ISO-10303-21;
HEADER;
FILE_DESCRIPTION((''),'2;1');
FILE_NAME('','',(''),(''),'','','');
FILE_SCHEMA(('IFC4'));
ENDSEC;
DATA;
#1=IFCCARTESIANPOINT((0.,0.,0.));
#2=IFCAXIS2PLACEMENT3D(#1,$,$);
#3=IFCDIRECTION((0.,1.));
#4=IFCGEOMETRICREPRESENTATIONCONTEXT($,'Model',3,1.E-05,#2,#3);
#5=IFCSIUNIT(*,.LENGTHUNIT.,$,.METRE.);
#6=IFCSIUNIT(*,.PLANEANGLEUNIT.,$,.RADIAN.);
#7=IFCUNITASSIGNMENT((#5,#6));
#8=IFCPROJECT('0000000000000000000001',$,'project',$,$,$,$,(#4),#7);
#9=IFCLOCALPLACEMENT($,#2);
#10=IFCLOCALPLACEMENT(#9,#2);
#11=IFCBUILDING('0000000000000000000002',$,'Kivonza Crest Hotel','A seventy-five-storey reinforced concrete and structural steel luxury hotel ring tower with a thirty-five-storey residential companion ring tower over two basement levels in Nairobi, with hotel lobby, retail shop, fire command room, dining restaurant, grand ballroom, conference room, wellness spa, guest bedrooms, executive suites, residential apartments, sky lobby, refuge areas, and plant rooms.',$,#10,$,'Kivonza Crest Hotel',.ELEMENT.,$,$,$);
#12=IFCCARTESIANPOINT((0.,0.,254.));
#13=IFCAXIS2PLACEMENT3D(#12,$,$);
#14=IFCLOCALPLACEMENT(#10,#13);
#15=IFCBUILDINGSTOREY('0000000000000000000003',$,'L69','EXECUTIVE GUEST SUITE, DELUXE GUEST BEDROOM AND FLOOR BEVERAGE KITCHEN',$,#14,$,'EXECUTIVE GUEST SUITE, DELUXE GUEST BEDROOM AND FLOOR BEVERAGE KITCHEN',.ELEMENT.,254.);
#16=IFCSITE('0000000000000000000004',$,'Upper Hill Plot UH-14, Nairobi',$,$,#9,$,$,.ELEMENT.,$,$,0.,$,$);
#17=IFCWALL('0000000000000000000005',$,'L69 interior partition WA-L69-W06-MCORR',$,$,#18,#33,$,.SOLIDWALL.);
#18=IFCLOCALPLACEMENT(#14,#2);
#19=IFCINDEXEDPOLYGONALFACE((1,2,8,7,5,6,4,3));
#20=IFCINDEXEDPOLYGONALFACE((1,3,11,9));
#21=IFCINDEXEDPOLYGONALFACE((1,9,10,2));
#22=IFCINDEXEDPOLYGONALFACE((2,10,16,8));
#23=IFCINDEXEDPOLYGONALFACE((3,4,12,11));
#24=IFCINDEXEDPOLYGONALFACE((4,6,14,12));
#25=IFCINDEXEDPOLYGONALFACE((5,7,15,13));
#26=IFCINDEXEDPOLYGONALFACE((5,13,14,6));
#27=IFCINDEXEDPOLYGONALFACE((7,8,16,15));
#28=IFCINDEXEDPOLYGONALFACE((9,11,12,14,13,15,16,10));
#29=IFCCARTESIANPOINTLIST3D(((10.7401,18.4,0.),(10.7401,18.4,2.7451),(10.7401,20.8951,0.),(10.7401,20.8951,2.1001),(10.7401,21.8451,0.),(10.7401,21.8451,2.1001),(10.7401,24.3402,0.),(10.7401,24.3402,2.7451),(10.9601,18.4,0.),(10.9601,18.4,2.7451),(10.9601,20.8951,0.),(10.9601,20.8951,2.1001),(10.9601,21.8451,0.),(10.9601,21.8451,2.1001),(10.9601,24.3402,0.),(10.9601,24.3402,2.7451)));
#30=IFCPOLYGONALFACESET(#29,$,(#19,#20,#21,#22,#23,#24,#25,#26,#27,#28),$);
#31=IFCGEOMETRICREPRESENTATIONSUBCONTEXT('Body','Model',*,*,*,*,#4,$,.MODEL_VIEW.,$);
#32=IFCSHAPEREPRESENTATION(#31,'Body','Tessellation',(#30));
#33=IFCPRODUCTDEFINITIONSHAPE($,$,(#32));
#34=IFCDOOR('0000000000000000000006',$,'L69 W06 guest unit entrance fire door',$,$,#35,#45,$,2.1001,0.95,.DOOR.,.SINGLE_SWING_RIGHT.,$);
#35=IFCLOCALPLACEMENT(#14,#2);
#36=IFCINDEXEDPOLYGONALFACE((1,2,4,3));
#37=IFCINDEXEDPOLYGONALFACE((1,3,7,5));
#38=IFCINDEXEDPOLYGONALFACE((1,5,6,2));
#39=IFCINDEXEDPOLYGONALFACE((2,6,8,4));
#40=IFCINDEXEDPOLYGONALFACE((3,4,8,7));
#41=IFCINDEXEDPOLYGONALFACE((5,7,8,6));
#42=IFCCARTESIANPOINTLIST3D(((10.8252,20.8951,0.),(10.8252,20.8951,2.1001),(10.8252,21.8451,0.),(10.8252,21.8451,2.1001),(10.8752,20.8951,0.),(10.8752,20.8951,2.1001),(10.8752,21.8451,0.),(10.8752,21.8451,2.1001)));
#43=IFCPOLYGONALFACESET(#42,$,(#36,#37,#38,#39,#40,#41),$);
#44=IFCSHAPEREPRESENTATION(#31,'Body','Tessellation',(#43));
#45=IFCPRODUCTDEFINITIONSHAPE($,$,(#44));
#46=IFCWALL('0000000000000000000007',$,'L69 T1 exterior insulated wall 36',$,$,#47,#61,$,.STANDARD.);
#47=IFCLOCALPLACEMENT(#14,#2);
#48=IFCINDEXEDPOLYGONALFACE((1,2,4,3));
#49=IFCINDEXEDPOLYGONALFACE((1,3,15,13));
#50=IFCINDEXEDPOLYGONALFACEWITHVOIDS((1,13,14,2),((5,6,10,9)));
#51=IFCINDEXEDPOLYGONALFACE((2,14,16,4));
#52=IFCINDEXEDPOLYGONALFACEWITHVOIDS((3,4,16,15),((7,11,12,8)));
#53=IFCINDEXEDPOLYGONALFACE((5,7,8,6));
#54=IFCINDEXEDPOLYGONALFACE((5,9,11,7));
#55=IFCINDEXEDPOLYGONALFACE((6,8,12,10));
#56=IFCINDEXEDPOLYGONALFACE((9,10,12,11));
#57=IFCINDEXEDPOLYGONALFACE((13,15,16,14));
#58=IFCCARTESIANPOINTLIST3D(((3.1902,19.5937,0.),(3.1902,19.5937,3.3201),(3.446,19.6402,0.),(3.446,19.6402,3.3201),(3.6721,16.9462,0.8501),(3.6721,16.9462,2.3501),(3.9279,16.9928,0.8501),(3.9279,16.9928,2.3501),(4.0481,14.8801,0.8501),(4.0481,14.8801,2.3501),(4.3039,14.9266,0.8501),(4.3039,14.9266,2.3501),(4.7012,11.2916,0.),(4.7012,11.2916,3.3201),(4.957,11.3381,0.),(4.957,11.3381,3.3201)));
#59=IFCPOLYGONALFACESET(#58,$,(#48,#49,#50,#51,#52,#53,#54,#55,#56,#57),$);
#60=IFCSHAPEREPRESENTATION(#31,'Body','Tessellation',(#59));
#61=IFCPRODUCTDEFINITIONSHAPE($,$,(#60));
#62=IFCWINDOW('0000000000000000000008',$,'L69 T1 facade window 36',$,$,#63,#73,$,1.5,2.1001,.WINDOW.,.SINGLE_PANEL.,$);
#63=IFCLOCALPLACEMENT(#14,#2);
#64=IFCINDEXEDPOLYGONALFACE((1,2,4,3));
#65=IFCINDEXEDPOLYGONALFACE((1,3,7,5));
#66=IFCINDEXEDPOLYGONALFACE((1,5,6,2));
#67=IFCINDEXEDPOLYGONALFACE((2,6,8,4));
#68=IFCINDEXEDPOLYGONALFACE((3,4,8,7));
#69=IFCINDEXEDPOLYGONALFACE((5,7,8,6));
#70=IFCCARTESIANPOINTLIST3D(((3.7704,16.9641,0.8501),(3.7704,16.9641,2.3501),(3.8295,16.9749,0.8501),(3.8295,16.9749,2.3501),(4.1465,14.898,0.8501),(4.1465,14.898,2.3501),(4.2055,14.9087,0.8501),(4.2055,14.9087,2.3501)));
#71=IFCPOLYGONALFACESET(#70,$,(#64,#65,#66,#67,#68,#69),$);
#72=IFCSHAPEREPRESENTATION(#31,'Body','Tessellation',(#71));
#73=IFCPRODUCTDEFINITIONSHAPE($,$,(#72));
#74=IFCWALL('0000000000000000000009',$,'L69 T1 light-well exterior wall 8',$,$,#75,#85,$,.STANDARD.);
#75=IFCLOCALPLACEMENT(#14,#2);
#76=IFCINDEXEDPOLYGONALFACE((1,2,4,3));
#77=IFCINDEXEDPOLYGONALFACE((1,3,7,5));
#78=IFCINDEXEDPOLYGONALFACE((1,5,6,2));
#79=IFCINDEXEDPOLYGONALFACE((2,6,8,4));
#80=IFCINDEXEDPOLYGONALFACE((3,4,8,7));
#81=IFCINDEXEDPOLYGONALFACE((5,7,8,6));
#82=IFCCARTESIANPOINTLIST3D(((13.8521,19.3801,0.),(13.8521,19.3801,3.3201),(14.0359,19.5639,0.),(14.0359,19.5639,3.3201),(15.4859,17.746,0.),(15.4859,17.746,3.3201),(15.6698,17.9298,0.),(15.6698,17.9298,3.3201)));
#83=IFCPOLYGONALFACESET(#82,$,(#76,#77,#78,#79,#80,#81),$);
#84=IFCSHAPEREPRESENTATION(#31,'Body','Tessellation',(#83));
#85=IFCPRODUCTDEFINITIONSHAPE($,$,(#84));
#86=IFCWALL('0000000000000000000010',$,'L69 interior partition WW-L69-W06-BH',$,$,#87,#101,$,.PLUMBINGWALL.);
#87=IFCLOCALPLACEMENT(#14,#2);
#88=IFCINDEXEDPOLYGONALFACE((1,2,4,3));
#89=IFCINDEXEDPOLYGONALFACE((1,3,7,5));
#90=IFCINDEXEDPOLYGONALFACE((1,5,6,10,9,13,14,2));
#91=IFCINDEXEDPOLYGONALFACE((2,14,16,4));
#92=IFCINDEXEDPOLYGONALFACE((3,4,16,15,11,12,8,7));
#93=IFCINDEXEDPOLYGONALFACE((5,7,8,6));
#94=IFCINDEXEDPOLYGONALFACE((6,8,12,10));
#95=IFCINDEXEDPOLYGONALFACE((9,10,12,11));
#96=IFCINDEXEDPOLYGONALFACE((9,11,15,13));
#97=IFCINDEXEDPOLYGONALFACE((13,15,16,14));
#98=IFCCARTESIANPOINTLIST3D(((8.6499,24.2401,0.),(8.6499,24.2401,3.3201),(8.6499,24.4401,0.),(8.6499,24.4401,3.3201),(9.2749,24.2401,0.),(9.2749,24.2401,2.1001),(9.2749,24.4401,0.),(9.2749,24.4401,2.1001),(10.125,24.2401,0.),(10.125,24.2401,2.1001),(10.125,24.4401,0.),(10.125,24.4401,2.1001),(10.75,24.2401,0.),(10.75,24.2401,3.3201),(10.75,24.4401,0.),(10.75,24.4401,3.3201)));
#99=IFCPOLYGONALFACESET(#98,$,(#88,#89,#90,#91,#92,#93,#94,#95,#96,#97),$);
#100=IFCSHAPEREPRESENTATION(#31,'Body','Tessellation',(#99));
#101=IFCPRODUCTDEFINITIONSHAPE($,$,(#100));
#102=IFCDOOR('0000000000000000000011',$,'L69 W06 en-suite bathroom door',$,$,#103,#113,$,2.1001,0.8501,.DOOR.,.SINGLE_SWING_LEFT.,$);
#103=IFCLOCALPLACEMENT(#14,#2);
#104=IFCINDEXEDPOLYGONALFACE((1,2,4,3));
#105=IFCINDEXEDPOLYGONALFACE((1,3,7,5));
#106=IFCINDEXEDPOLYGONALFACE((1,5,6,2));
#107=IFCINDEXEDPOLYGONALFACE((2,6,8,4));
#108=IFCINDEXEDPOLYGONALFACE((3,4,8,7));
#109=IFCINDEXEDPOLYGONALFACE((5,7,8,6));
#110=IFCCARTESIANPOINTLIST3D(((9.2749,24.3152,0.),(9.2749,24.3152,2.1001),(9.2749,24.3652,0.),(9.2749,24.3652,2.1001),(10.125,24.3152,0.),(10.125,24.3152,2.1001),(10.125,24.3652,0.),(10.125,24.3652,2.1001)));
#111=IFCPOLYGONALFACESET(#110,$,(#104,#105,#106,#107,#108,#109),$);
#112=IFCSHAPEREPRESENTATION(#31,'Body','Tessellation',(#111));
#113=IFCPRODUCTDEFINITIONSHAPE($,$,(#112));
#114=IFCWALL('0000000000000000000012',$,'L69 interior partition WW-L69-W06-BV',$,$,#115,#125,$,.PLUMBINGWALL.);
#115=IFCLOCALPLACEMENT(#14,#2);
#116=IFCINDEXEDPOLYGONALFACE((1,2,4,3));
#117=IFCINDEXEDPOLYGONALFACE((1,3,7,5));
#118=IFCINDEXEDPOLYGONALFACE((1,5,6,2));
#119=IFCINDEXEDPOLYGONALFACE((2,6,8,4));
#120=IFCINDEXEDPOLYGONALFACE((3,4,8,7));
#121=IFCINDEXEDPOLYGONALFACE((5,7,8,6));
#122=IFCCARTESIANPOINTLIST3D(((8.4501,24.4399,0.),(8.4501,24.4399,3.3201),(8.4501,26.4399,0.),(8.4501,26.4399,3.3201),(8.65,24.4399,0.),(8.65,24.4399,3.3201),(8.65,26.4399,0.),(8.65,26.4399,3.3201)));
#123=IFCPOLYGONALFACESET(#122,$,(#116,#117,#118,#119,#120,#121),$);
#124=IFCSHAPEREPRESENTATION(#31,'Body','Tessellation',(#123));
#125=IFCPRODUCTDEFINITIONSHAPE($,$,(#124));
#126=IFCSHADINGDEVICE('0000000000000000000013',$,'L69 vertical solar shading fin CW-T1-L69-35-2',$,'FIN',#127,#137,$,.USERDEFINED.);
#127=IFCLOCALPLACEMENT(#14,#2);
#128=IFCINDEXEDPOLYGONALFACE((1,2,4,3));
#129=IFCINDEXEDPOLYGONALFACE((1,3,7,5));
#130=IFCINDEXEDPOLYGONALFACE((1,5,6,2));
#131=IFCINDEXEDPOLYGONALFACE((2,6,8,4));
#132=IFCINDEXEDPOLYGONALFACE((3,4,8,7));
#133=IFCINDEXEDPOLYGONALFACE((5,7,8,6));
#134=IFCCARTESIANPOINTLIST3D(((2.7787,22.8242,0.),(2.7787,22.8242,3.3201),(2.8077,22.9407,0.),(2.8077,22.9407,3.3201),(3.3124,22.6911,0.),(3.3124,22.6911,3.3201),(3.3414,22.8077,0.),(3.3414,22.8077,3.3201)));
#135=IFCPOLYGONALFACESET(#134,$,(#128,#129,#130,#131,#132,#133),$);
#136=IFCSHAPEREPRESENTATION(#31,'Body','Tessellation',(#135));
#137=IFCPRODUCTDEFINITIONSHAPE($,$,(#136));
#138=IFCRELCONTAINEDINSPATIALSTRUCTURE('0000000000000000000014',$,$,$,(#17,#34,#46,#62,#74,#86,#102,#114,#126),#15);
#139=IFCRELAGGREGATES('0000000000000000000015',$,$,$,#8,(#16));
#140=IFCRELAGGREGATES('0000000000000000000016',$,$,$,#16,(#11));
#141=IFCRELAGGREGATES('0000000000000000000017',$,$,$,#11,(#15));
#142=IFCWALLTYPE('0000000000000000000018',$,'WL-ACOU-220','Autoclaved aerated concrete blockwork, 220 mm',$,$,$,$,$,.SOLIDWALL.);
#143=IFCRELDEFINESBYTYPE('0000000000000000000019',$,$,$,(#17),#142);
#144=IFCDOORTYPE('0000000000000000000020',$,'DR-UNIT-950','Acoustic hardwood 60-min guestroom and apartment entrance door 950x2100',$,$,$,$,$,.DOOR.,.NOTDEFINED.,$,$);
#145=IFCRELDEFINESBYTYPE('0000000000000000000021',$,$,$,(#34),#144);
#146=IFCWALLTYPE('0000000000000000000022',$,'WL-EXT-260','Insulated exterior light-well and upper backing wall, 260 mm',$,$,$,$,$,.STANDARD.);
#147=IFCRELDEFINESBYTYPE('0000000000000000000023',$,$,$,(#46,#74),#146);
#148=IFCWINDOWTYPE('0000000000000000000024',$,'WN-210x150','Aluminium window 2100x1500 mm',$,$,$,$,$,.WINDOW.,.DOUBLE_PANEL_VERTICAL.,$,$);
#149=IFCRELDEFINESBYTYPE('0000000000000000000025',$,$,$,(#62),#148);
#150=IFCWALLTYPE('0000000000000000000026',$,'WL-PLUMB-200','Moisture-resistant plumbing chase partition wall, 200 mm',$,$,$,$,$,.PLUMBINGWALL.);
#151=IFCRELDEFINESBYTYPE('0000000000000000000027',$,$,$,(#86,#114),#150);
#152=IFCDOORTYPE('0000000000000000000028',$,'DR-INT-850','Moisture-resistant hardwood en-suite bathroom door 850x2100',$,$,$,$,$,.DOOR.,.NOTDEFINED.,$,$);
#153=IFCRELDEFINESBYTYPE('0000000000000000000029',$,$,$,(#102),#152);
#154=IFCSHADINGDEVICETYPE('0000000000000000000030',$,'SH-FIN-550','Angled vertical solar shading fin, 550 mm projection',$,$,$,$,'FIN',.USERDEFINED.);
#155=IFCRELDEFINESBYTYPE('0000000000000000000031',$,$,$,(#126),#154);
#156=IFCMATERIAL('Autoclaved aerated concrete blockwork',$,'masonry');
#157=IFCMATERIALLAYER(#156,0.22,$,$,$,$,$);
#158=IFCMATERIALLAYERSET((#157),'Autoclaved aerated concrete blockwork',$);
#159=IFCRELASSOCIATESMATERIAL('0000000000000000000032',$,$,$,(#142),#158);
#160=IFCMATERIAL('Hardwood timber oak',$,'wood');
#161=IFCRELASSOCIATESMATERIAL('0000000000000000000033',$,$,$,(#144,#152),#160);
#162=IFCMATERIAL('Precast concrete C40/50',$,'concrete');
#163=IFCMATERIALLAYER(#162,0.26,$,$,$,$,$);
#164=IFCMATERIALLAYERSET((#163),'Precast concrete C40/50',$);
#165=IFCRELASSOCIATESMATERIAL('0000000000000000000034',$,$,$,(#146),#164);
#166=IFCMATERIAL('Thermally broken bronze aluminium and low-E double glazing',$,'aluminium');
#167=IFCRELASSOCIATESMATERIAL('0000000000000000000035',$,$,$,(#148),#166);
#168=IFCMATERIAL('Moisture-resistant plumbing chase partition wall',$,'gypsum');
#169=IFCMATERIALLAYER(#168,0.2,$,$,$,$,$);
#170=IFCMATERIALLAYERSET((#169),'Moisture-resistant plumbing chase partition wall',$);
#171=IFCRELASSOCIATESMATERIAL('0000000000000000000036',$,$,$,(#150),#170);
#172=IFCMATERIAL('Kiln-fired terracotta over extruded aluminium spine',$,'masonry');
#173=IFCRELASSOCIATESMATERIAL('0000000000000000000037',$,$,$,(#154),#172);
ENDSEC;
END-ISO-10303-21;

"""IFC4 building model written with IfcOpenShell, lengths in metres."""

from ifc_helpers import new_model, si_unit, direction, frame, frame_2d, origin, origin_2d, place, context, subcontext, project, spatial, rectangle, extrude, material, layer, layer_set, type_object, element, fill, save


model = new_model("IFC4")

# Units and contexts
model_context = context("Model", 3, precision=1e-05, world=origin(), true_north=direction((0.0, 1.0)))
body_context = subcontext(model_context, "Body", "Model", "MODEL_VIEW")
ifc_project = project(units=[si_unit("LENGTHUNIT", "METRE"), si_unit("PLANEANGLEUNIT", "RADIAN")], contexts=[model_context])

# Site, building, storey
site_placement = place(None, origin())
site = spatial("IfcSite", under=ifc_project, at=site_placement, Name="Upper Hill Plot UH-14, Nairobi", CompositionType="ELEMENT", RefElevation=0.0)
building_placement = place(site_placement, origin())
building = spatial("IfcBuilding", under=site, at=building_placement, Name="Kivonza Crest Hotel", Description="A seventy-five-storey reinforced concrete and structural steel luxury hotel ring tower with a thirty-five-storey residential companion ring tower over two basement levels in Nairobi, with hotel lobby, retail shop, fire command room, dining restaurant, grand ballroom, conference room, wellness spa, guest bedrooms, executive suites, residential apartments, sky lobby, refuge areas, and plant rooms.", LongName="Kivonza Crest Hotel", CompositionType="ELEMENT")
storey_placement = place(building_placement, frame((0.0, 0.0, 254.0)))
storey = spatial("IfcBuildingStorey", under=building, at=storey_placement, Name="L69", Description="EXECUTIVE GUEST SUITE, DELUXE GUEST BEDROOM AND FLOOR BEVERAGE KITCHEN", LongName="EXECUTIVE GUEST SUITE, DELUXE GUEST BEDROOM AND FLOOR BEVERAGE KITCHEN", CompositionType="ELEMENT", Elevation=254.0)

# Shared definitions
ifc_material_1 = material(Name="Autoclaved aerated concrete blockwork", Category="masonry")
ifc_layer_1 = layer(ifc_material_1, 0.22)
ifc_layer_set_1 = layer_set([ifc_layer_1], Name="Autoclaved aerated concrete blockwork")
wall_type_1 = type_object("IfcWallType", Name="WL-ACOU-220", Description="Autoclaved aerated concrete blockwork, 220 mm", PredefinedType="SOLIDWALL", material=ifc_layer_set_1)

# Wall, opening, door
wall_1_placement = place(storey_placement, frame((10.8501, 18.3999, 0.0), z_axis=(0.0, 0.0, 1.0), x_axis=(0.0, 1.0, 0.0)))
wall_1 = element("IfcWall", 1, at=wall_1_placement, inside=storey, type_object=wall_type_1, Name="L69 interior partition WA-L69-W06-MCORR", PredefinedType="SOLIDWALL", context=body_context, shape_type="SweptSolid", body=[
    extrude(rectangle(XDim=5.9402, YDim=0.22, at=frame_2d((2.9702, 0.0))), origin(), (0.0, 0.0, 1.0), 2.7451),
])
opening_1_placement = place(wall_1_placement, frame((2.4951, 0.0, 0.0)))
opening_1 = element("IfcOpeningElement", 2, at=opening_1_placement, cuts=wall_1, PredefinedType="OPENING", context=body_context, shape_type="SweptSolid", body=[
    extrude(rectangle(XDim=0.95, YDim=2.1001, at=frame_2d((0.4751, 1.05))), frame((0.0, 0.1201, 0.0), z_axis=(0.0, -1.0, 0.0), x_axis=(1.0, 0.0, 0.0)), (0.0, 0.0, 1.0), 0.24),
])
ifc_material_2 = material(Name="Hardwood timber oak", Category="wood")
door_type_1 = type_object("IfcDoorType", Name="DR-UNIT-950", Description="Acoustic hardwood 60-min guestroom and apartment entrance door 950x2100", OperationType="NOTDEFINED", PredefinedType="DOOR", material=ifc_material_2)
door_1_placement = place(opening_1_placement, origin())
door_1 = element("IfcDoor", 3, at=door_1_placement, inside=storey, type_object=door_type_1, Name="L69 W06 guest unit entrance fire door", OperationType="SINGLE_SWING_RIGHT", OverallHeight=2.1001, OverallWidth=0.95, PredefinedType="DOOR", context=body_context, shape_type="SweptSolid", body=[
    extrude(rectangle(XDim=0.95, YDim=2.1001, at=frame_2d((0.4751, 1.05))), frame((0.0, 0.0249, 0.0), z_axis=(0.0, -1.0, 0.0), x_axis=(1.0, 0.0, 0.0)), (0.0, 0.0, 1.0), 0.05),
])
fill(opening_1, door_1)

# Wall, opening, window
ifc_material_3 = material(Name="Precast concrete C40/50", Category="concrete")
ifc_layer_2 = layer(ifc_material_3, 0.26)
ifc_layer_set_2 = layer_set([ifc_layer_2], Name="Precast concrete C40/50")
wall_type_2 = type_object("IfcWallType", Name="WL-EXT-260", Description="Insulated exterior light-well and upper backing wall, 260 mm", PredefinedType="STANDARD", material=ifc_layer_set_2)
wall_2_placement = place(storey_placement, frame((3.3181, 19.6169, 0.0), z_axis=(0.0, 0.0, 1.0), x_axis=(0.179061, -0.983838, 0.0)))
wall_2 = element("IfcWall", 4, at=wall_2_placement, inside=storey, type_object=wall_type_2, Name="L69 T1 exterior insulated wall 36", PredefinedType="STANDARD", context=body_context, shape_type="SweptSolid", body=[
    extrude(rectangle(XDim=8.4385, YDim=0.26, at=frame_2d((4.2192, 0.0))), origin(), (0.0, 0.0, 1.0), 3.3201),
])
opening_2_placement = place(wall_2_placement, frame((2.6909, 0.0, 0.8501)))
opening_2 = element("IfcOpeningElement", 5, at=opening_2_placement, cuts=wall_2, PredefinedType="OPENING", context=body_context, shape_type="SweptSolid", body=[
    extrude(rectangle(XDim=2.1001, YDim=1.5, at=frame_2d((1.05, 0.75))), frame((0.0, 0.1401, 0.0), z_axis=(0.0, -1.0, 0.0), x_axis=(1.0, 0.0, 0.0)), (0.0, 0.0, 1.0), 0.28),
])
ifc_material_4 = material(Name="Thermally broken bronze aluminium and low-E double glazing", Category="aluminium")
window_type = type_object("IfcWindowType", Name="WN-210x150", Description="Aluminium window 2100x1500 mm", PartitioningType="DOUBLE_PANEL_VERTICAL", PredefinedType="WINDOW", material=ifc_material_4)
window_placement = place(opening_2_placement, origin())
window = element("IfcWindow", 6, at=window_placement, inside=storey, type_object=window_type, Name="L69 T1 facade window 36", OverallHeight=1.5, OverallWidth=2.1001, PartitioningType="SINGLE_PANEL", PredefinedType="WINDOW", context=body_context, shape_type="SweptSolid", body=[
    extrude(rectangle(XDim=2.1001, YDim=1.5, at=frame_2d((1.05, 0.75))), frame((0.0, 0.03, 0.0), z_axis=(0.0, -1.0, 0.0), x_axis=(1.0, 0.0, 0.0)), (0.0, 0.0, 1.0), 0.0601),
])
fill(opening_2, window)

# Wall
wall_3_placement = place(storey_placement, frame((13.9441, 19.4719, 0.0), z_axis=(0.0, 0.0, 1.0), x_axis=(0.707054, -0.70716, 0.0)))
element("IfcWall", 7, at=wall_3_placement, inside=storey, type_object=wall_type_2, Name="L69 T1 light-well exterior wall 8", PredefinedType="STANDARD", context=body_context, shape_type="SweptSolid", body=[
    extrude(rectangle(XDim=2.3108, YDim=0.26, at=frame_2d((1.1553, 0.0))), origin(), (0.0, 0.0, 1.0), 3.3201),
])

# Wall, opening, door
ifc_material_5 = material(Name="Moisture-resistant plumbing chase partition wall", Category="gypsum")
ifc_layer_3 = layer(ifc_material_5, 0.2)
ifc_layer_set_3 = layer_set([ifc_layer_3], Name="Moisture-resistant plumbing chase partition wall")
wall_type_3 = type_object("IfcWallType", Name="WL-PLUMB-200", Description="Moisture-resistant plumbing chase partition wall, 200 mm", PredefinedType="PLUMBINGWALL", material=ifc_layer_set_3)
wall_4_placement = place(storey_placement, frame((8.6499, 24.3401, 0.0), z_axis=(0.0, 0.0, 1.0), x_axis=(1.0, 0.0, 0.0)))
wall_4 = element("IfcWall", 8, at=wall_4_placement, inside=storey, type_object=wall_type_3, Name="L69 interior partition WW-L69-W06-BH", PredefinedType="PLUMBINGWALL", context=body_context, shape_type="SweptSolid", body=[
    extrude(rectangle(XDim=2.1001, YDim=0.2, at=frame_2d((1.05, 0.0))), origin(), (0.0, 0.0, 1.0), 3.3201),
])
opening_3_placement = place(wall_4_placement, frame((0.625, 0.0, 0.0)))
opening_3 = element("IfcOpeningElement", 9, at=opening_3_placement, cuts=wall_4, PredefinedType="OPENING", context=body_context, shape_type="SweptSolid", body=[
    extrude(rectangle(XDim=0.8501, YDim=2.1001, at=frame_2d((0.425, 1.05))), frame((0.0, 0.1099, 0.0), z_axis=(0.0, -1.0, 0.0), x_axis=(1.0, 0.0, 0.0)), (0.0, 0.0, 1.0), 0.22),
])
door_type_2 = type_object("IfcDoorType", Name="DR-INT-850", Description="Moisture-resistant hardwood en-suite bathroom door 850x2100", OperationType="NOTDEFINED", PredefinedType="DOOR", material=ifc_material_2)
door_2_placement = place(opening_3_placement, frame((0.8501, 0.0, 0.0), z_axis=(0.0, 0.0, 1.0), x_axis=(-1.0, 0.0, 0.0)))
door_2 = element("IfcDoor", 10, at=door_2_placement, inside=storey, type_object=door_type_2, Name="L69 W06 en-suite bathroom door", OperationType="SINGLE_SWING_LEFT", OverallHeight=2.1001, OverallWidth=0.8501, PredefinedType="DOOR", context=body_context, shape_type="SweptSolid", body=[
    extrude(rectangle(XDim=0.8501, YDim=2.1001, at=frame_2d((0.425, 1.05))), frame((0.0, 0.0249, 0.0), z_axis=(0.0, -1.0, 0.0), x_axis=(1.0, 0.0, 0.0)), (0.0, 0.0, 1.0), 0.05),
])
fill(opening_3, door_2)

# Wall
wall_5_placement = place(storey_placement, frame((8.55, 24.4399, 0.0), z_axis=(0.0, 0.0, 1.0), x_axis=(0.0, 1.0, 0.0)))
element("IfcWall", 11, at=wall_5_placement, inside=storey, type_object=wall_type_3, Name="L69 interior partition WW-L69-W06-BV", PredefinedType="PLUMBINGWALL", context=body_context, shape_type="SweptSolid", body=[
    extrude(rectangle(XDim=2.0, YDim=0.2, at=frame_2d((1.0, 0.0))), origin(), (0.0, 0.0, 1.0), 3.3201),
])

# Shading device
ifc_material_6 = material(Name="Kiln-fired terracotta over extruded aluminium spine", Category="masonry")
shading_device_type = type_object("IfcShadingDeviceType", Name="SH-FIN-550", Description="Angled vertical solar shading fin, 550 mm projection", ElementType="FIN", PredefinedType="USERDEFINED", material=ifc_material_6)
shading_device_placement = place(storey_placement, frame((3.0601, 22.8159, 0.0), z_axis=(0.0, 0.0, 1.0), x_axis=(-0.241922, -0.970296, 0.0)))
element("IfcShadingDevice", 12, at=shading_device_placement, inside=storey, type_object=shading_device_type, Name="L69 vertical solar shading fin CW-T1-L69-35-2", ObjectType="FIN", PredefinedType="USERDEFINED", context=body_context, shape_type="SweptSolid", body=[
    extrude(rectangle(XDim=0.1201, YDim=0.55, at=origin_2d()), origin(), (0.0, 0.0, 1.0), 3.3201),
])

save(model, "model.ifc")
